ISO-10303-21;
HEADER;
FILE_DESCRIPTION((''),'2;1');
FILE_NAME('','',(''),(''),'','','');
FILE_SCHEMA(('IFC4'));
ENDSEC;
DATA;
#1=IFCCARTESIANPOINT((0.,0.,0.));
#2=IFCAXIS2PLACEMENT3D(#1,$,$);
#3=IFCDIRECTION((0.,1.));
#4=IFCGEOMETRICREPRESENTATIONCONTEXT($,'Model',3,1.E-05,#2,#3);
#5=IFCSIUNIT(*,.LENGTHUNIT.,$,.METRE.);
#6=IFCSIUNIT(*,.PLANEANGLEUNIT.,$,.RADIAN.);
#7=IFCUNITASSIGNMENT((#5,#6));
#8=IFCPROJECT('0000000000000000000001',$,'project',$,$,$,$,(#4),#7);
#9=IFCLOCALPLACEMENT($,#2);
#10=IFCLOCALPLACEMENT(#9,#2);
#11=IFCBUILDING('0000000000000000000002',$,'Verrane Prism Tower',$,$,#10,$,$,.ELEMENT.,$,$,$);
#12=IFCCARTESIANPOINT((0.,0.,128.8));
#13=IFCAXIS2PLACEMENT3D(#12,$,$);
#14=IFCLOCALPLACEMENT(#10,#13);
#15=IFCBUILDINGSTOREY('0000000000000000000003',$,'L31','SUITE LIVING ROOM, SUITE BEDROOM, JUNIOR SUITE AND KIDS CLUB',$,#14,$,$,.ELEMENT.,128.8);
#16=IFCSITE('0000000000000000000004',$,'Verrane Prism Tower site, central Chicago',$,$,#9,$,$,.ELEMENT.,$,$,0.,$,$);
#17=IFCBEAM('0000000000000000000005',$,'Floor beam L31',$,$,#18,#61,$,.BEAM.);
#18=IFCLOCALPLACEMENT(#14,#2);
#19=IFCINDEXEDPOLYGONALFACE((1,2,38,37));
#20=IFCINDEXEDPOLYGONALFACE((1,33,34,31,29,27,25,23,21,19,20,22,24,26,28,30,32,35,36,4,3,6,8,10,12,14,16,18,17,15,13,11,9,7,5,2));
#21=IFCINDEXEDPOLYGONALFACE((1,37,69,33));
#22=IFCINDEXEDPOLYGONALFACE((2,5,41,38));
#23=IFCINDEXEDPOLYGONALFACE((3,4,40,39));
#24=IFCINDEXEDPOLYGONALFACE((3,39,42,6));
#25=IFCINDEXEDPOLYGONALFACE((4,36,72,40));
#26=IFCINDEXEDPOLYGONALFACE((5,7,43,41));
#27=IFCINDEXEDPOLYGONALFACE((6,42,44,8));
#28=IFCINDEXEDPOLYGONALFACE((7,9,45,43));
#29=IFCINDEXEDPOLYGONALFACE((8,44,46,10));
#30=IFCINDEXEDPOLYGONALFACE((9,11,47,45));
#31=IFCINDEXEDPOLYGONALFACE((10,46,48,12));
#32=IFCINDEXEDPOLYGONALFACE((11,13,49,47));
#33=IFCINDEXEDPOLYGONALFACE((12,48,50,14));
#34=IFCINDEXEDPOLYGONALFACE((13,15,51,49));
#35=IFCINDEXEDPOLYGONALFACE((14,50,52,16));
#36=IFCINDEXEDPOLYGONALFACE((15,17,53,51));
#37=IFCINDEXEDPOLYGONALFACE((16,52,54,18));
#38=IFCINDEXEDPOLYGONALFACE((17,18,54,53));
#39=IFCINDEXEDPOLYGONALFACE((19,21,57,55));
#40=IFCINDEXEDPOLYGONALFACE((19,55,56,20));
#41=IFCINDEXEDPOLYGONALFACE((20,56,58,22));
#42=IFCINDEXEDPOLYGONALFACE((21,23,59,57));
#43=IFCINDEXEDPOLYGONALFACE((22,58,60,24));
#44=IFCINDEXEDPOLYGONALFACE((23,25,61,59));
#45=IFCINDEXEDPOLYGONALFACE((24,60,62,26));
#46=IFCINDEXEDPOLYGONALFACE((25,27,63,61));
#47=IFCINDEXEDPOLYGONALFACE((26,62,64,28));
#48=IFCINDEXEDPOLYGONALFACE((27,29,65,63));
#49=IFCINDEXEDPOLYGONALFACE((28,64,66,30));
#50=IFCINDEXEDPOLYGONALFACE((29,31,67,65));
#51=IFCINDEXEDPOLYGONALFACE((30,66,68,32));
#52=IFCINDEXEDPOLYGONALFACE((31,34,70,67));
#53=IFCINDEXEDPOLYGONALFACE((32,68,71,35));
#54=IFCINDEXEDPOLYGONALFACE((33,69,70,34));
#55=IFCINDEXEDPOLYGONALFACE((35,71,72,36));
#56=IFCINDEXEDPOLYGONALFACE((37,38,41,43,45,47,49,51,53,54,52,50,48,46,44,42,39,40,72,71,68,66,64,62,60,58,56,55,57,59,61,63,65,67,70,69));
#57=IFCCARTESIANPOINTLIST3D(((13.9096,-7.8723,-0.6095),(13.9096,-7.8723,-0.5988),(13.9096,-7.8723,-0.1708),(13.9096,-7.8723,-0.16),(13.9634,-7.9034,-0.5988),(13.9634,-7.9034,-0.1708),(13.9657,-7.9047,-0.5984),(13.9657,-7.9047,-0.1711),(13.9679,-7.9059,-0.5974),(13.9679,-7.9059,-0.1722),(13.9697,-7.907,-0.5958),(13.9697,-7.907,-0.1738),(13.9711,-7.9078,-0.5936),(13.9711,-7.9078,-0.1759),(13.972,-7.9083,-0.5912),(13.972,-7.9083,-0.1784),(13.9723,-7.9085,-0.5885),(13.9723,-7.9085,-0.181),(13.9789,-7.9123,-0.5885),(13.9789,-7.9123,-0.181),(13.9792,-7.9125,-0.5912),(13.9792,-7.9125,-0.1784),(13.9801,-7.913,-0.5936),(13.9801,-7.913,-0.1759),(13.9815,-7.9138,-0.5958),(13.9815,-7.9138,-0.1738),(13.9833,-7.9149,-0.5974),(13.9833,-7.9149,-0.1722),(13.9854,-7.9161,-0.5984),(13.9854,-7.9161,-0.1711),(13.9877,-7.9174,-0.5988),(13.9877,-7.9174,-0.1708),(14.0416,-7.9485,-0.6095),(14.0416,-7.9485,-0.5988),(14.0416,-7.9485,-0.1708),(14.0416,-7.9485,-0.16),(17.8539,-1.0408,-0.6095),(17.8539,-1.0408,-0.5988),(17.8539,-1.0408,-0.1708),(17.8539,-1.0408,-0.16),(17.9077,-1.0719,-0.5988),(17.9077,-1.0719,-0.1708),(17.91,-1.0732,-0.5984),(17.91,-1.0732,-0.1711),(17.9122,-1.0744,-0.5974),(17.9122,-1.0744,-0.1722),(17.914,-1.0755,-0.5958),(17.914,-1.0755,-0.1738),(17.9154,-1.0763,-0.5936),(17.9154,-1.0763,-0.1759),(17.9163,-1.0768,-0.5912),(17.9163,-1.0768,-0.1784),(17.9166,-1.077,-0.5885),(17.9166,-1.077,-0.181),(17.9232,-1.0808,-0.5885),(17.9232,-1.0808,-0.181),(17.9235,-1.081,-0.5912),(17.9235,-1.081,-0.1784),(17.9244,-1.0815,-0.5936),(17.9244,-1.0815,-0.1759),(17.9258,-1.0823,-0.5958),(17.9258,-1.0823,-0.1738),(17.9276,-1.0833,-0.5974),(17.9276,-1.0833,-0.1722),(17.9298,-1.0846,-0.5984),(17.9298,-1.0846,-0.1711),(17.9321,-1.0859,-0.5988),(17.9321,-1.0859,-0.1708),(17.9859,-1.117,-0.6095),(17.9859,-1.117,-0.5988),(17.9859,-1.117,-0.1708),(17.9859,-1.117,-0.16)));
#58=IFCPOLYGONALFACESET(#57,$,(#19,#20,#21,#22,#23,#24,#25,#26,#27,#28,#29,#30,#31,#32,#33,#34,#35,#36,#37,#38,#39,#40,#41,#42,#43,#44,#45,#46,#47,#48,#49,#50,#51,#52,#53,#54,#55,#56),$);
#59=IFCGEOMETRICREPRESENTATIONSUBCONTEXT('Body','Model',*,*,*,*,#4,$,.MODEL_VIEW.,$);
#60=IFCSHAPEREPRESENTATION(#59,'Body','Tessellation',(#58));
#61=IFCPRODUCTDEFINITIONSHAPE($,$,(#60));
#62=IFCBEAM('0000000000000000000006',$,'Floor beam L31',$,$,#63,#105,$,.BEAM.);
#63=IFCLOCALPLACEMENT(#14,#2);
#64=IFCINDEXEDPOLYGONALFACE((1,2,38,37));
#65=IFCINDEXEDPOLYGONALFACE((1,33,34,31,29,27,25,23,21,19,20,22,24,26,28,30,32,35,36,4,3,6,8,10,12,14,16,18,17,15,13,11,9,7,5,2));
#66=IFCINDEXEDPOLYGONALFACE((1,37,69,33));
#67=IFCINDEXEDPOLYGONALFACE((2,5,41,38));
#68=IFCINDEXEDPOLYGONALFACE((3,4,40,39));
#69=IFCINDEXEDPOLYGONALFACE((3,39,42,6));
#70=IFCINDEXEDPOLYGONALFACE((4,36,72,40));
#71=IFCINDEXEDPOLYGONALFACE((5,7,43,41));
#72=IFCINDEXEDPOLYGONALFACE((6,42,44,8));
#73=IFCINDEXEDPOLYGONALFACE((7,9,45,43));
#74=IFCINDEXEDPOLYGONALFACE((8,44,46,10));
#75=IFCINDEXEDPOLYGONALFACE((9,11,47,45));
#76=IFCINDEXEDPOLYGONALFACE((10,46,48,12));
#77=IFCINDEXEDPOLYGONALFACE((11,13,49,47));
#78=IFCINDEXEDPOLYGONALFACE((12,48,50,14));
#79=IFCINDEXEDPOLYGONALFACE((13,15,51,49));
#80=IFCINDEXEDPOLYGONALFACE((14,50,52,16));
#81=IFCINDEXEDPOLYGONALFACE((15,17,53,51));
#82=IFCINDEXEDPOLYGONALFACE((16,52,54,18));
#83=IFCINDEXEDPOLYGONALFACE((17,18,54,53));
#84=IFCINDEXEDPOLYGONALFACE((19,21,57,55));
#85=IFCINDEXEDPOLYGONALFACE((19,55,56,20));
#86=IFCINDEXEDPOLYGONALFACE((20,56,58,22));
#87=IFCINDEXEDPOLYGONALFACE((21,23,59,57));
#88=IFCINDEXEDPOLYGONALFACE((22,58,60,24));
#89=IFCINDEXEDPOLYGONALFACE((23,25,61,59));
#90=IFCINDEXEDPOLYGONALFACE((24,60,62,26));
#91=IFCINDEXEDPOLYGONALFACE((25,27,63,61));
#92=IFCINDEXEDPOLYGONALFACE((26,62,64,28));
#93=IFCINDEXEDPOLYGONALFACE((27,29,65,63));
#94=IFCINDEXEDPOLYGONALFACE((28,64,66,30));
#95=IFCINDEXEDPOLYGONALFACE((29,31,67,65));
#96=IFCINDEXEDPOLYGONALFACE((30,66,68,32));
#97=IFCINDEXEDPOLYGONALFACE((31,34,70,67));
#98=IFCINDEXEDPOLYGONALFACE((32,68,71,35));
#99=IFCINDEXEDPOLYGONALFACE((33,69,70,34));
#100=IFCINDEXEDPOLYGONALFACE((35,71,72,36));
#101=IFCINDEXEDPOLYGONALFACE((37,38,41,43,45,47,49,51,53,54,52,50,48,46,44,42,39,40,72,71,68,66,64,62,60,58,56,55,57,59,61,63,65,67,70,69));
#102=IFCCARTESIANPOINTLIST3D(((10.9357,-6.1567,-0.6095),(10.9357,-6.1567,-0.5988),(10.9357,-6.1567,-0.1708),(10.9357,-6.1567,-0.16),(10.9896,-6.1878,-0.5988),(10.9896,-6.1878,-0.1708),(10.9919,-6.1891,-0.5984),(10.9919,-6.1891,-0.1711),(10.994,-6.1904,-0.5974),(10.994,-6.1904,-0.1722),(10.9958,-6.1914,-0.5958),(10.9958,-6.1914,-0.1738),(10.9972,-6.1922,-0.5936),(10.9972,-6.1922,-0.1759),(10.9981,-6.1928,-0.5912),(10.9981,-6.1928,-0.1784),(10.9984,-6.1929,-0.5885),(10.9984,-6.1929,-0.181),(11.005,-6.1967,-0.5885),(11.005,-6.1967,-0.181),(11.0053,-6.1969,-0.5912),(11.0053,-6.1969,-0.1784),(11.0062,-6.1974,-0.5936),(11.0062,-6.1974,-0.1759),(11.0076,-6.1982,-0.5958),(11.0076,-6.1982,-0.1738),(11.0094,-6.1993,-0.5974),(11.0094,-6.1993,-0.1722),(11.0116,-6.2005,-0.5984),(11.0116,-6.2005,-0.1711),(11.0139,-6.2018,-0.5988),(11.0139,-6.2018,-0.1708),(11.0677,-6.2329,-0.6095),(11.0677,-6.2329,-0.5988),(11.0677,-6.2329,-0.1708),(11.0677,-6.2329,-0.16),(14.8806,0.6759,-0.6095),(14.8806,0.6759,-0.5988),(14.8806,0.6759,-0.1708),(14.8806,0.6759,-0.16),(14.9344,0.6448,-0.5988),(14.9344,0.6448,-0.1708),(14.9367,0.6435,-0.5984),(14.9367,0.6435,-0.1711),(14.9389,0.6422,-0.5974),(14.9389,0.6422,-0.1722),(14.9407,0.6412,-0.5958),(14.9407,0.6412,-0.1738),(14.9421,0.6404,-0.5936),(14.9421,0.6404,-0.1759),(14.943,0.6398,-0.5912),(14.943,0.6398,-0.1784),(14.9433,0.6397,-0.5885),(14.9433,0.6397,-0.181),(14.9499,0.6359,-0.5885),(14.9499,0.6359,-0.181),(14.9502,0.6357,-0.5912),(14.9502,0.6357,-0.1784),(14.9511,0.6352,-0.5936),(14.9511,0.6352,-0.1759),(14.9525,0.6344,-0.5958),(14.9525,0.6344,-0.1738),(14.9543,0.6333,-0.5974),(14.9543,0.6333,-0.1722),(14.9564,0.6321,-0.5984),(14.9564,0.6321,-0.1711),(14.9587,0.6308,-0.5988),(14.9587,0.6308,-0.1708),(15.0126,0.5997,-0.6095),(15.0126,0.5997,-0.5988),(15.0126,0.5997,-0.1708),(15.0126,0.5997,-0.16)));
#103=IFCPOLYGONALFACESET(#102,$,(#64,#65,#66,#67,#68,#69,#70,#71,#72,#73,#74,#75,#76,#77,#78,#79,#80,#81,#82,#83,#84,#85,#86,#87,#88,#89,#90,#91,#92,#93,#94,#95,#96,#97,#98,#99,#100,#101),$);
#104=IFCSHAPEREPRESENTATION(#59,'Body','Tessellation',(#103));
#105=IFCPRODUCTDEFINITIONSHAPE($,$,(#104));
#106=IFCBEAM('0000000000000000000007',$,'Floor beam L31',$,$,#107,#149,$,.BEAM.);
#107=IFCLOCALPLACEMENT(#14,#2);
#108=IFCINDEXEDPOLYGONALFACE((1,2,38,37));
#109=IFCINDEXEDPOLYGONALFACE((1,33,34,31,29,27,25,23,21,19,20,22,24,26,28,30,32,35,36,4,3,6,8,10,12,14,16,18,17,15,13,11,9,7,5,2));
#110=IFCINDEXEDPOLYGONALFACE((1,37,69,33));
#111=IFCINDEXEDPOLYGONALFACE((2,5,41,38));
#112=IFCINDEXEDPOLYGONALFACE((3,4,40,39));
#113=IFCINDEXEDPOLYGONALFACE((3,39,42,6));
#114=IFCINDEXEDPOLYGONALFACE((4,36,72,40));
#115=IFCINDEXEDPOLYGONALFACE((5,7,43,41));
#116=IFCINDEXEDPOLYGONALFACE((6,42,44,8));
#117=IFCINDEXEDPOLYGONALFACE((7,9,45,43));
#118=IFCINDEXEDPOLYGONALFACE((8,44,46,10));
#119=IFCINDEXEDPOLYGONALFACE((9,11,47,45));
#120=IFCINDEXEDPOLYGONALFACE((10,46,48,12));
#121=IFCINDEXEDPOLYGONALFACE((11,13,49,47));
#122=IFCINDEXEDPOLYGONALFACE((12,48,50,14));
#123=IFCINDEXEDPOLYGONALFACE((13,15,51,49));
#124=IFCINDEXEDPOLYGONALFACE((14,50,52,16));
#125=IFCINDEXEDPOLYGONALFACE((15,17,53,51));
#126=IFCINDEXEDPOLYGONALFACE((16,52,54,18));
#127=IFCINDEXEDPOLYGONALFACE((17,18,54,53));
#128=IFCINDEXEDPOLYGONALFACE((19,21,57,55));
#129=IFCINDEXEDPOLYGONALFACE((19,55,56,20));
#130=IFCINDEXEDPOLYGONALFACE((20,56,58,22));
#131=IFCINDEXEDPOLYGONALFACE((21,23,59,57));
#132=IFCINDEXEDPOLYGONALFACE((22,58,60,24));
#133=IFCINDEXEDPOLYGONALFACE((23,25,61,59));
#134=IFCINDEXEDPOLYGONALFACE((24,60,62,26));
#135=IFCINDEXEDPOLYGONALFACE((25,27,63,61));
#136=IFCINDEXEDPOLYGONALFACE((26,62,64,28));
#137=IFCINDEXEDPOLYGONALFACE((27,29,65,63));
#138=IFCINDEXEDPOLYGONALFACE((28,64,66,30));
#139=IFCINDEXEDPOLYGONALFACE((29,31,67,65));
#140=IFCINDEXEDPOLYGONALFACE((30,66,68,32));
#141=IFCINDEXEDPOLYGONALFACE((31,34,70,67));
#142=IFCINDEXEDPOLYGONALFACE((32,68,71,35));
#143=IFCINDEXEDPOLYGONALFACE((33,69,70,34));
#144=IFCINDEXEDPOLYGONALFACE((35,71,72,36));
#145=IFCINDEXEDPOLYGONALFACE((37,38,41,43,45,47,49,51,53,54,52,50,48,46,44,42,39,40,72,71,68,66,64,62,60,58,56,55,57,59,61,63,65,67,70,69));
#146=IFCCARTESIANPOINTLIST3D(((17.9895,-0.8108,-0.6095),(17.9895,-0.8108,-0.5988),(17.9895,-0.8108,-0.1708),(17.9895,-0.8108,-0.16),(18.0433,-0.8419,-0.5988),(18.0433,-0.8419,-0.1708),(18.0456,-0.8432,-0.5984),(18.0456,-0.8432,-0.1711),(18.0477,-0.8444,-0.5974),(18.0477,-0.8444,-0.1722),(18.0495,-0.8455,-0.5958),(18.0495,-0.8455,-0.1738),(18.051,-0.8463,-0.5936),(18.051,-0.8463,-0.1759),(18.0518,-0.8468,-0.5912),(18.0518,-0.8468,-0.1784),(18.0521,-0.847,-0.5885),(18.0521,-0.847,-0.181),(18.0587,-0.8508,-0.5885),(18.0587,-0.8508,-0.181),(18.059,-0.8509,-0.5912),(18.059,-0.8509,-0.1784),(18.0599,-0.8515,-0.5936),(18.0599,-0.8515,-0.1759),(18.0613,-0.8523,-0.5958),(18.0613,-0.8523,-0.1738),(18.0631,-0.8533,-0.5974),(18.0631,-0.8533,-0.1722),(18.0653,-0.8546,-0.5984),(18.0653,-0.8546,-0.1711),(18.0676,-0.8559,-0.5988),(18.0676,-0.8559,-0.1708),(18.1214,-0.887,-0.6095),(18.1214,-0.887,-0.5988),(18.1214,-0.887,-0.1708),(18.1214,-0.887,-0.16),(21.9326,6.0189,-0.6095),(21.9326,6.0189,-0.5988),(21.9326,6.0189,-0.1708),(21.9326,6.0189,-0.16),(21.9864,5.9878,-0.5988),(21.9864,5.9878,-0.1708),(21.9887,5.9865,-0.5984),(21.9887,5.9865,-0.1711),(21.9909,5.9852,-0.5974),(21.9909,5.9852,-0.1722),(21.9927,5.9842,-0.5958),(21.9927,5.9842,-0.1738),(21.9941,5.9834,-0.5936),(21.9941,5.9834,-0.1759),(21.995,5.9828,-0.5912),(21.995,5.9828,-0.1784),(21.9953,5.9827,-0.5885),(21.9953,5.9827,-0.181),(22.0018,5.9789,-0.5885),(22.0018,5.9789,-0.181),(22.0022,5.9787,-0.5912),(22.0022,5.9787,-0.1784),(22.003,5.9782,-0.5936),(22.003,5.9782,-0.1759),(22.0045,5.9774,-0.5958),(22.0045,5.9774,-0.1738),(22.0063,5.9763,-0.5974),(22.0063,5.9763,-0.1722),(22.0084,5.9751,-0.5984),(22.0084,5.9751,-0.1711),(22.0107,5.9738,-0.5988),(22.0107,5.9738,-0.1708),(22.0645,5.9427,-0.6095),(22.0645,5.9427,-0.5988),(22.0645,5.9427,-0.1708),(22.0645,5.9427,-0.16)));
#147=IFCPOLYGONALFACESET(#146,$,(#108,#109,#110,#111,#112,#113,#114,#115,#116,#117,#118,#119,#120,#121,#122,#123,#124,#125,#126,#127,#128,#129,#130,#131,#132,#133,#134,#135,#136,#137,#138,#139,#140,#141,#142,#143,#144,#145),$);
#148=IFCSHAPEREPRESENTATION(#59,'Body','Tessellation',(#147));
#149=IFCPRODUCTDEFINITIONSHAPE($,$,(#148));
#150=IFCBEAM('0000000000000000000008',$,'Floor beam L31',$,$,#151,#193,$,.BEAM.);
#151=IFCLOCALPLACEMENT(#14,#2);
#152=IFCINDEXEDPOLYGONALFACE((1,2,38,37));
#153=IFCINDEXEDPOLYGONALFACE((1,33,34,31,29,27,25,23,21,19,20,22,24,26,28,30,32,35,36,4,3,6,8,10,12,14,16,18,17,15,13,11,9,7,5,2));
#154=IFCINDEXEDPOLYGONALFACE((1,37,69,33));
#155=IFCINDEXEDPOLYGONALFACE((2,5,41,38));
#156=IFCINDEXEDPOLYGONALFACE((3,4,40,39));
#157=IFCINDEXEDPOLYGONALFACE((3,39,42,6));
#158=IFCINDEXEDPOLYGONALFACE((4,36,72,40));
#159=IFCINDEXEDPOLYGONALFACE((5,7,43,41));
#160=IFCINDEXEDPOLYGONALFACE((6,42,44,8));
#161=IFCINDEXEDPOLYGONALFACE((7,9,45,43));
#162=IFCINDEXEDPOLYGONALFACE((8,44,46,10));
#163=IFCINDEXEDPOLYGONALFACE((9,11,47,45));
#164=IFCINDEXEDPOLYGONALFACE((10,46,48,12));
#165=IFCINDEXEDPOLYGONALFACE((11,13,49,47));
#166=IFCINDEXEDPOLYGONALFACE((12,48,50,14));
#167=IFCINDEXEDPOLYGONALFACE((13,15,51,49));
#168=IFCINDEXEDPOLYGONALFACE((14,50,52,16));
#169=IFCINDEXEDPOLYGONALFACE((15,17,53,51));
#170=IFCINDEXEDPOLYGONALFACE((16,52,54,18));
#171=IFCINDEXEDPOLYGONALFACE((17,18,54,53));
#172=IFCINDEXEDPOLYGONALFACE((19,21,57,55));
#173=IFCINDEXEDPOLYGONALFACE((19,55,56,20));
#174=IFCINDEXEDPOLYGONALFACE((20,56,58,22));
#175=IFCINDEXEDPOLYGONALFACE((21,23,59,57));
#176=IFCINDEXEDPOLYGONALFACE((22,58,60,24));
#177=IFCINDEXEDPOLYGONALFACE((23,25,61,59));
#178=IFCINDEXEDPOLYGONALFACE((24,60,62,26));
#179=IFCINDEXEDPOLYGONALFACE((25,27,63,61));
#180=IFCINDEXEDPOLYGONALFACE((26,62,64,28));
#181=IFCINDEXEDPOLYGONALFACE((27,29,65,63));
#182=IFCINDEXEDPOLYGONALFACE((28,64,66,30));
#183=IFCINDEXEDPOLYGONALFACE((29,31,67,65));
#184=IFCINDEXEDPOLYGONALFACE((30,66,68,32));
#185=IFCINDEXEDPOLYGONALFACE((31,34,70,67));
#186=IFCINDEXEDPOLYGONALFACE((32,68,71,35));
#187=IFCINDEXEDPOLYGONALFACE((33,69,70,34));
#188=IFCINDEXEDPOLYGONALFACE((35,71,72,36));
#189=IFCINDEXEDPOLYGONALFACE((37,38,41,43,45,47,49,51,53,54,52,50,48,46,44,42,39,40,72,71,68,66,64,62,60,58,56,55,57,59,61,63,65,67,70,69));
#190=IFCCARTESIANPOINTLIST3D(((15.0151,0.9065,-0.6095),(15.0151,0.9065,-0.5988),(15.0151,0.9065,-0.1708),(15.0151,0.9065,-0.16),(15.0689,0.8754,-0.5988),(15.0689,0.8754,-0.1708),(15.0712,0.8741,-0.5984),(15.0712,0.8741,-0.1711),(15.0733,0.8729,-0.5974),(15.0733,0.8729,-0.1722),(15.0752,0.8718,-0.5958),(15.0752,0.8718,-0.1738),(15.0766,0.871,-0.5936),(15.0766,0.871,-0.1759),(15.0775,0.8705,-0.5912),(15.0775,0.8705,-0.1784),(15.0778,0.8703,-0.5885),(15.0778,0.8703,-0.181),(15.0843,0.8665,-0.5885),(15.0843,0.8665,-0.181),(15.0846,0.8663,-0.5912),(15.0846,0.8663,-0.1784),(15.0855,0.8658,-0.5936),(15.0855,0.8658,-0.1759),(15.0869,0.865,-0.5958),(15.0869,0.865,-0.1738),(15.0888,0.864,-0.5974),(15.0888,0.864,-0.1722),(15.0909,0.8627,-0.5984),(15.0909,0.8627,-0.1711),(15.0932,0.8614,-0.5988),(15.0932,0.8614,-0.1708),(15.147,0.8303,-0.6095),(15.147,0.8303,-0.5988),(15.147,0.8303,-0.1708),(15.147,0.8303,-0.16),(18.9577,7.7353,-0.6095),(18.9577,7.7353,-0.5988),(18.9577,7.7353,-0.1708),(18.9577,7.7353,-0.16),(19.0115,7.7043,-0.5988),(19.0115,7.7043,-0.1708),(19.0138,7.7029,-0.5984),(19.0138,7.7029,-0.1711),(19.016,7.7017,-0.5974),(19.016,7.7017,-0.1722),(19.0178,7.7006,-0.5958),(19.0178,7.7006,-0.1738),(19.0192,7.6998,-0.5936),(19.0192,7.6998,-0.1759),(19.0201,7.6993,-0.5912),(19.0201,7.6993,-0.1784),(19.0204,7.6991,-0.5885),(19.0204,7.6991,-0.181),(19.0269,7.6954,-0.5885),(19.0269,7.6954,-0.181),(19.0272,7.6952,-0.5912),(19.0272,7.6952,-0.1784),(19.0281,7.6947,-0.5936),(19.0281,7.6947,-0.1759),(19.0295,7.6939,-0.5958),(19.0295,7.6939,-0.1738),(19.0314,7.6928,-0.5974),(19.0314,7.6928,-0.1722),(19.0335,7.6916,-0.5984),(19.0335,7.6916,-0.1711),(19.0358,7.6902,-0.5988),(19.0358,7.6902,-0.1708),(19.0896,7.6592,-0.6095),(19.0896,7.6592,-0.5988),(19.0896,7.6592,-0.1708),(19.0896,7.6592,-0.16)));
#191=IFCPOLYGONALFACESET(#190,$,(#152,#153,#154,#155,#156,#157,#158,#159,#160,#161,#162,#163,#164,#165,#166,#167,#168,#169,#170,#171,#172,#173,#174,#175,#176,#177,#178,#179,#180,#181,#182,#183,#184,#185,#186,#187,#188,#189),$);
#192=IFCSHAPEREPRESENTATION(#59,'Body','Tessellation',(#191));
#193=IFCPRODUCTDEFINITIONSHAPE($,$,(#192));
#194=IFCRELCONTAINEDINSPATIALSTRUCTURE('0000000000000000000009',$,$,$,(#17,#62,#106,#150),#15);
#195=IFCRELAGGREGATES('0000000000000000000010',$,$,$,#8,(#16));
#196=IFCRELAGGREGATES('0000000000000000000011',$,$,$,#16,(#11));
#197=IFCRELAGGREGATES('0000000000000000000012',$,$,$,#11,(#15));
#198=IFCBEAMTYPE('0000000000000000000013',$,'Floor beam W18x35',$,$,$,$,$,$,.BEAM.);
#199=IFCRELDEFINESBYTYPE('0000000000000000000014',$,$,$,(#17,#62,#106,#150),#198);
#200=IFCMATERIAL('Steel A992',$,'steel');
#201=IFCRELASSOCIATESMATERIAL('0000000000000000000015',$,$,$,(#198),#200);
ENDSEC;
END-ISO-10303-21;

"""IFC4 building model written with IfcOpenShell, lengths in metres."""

from ifc_helpers import new_model, si_unit, direction, frame, origin, origin_2d, place, context, subcontext, project, spatial, i_section, extrude, material, material_profile, profile_set, type_object, element, save


model = new_model("IFC4")

# Units and contexts
model_context = context("Model", 3, precision=1e-05, world=origin(), true_north=direction((0.0, 1.0)))
body_context = subcontext(model_context, "Body", "Model", "MODEL_VIEW")
ifc_project = project(units=[si_unit("LENGTHUNIT", "METRE"), si_unit("PLANEANGLEUNIT", "RADIAN")], contexts=[model_context])

# Site, building, storey
site_placement = place(None, origin())
site = spatial("IfcSite", under=ifc_project, at=site_placement, Name="Verrane Prism Tower site, central Chicago", CompositionType="ELEMENT", RefElevation=0.0)
building_placement = place(site_placement, origin())
building = spatial("IfcBuilding", under=site, at=building_placement, Name="Verrane Prism Tower", CompositionType="ELEMENT")
storey_placement = place(building_placement, frame((0.0, 0.0, 128.8)))
storey = spatial("IfcBuildingStorey", under=building, at=storey_placement, Name="L31", Description="SUITE LIVING ROOM, SUITE BEDROOM, JUNIOR SUITE AND KIDS CLUB", CompositionType="ELEMENT", Elevation=128.8)

# Beams
ifc_material_1 = material(Name="Steel A992", Category="steel")
ifc_material_profile_1 = material_profile(ifc_material_1, i_section(OverallWidth=0.1523, OverallDepth=0.4495, WebThickness=0.0076, FlangeThickness=0.0107, FilletRadius=0.0103, at=origin_2d()), Name="W18x35")
ifc_profile_set_1 = profile_set([ifc_material_profile_1], Name="Steel A992")
beam_type_1 = type_object("IfcBeamType", Name="Floor beam W18x35", PredefinedType="BEAM", material=ifc_profile_set_1)
beam_1_placement = place(storey_placement, frame((13.9756, -7.9104, -0.3848), z_axis=(0.500014, 0.866018, 0.0), x_axis=(-0.866018, 0.500014, 0.0)))
element("IfcBeam", 1, at=beam_1_placement, inside=storey, type_object=beam_type_1, Name="Floor beam L31", PredefinedType="BEAM", context=body_context, shape_type="SweptSolid", body=[
    extrude(i_section(OverallWidth=0.1523, OverallDepth=0.4495, WebThickness=0.0076, FlangeThickness=0.0107, FilletRadius=0.0103, at=origin_2d()), origin(), (0.0, 0.0, 1.0), 7.8884),
])
beam_2_placement = place(storey_placement, frame((11.0017, -6.1948, -0.3848), z_axis=(0.500006, 0.866022, 0.0), x_axis=(-0.866022, 0.500006, 0.0)))
element("IfcBeam", 2, at=beam_2_placement, inside=storey, type_object=beam_type_1, Name="Floor beam L31", PredefinedType="BEAM", context=body_context, shape_type="SweptSolid", body=[
    extrude(i_section(OverallWidth=0.1523, OverallDepth=0.4495, WebThickness=0.0076, FlangeThickness=0.0107, FilletRadius=0.0103, at=origin_2d()), origin(), (0.0, 0.0, 1.0), 7.8896),
])
beam_3_placement = place(storey_placement, frame((18.0554, -0.8489, -0.3848), z_axis=(0.500005, 0.866023, 0.0), x_axis=(-0.866023, 0.500005, 0.0)))
element("IfcBeam", 3, at=beam_3_placement, inside=storey, type_object=beam_type_1, Name="Floor beam L31", PredefinedType="BEAM", context=body_context, shape_type="SweptSolid", body=[
    extrude(i_section(OverallWidth=0.1523, OverallDepth=0.4495, WebThickness=0.0076, FlangeThickness=0.0107, FilletRadius=0.0103, at=origin_2d()), origin(), (0.0, 0.0, 1.0), 7.8862),
])
beam_4_placement = place(storey_placement, frame((15.0811, 0.8684, -0.3848), z_axis=(0.499999, 0.866026, 0.0), x_axis=(-0.866026, 0.499999, 0.0)))
element("IfcBeam", 4, at=beam_4_placement, inside=storey, type_object=beam_type_1, Name="Floor beam L31", PredefinedType="BEAM", context=body_context, shape_type="SweptSolid", body=[
    extrude(i_section(OverallWidth=0.1523, OverallDepth=0.4495, WebThickness=0.0076, FlangeThickness=0.0107, FilletRadius=0.0103, at=origin_2d()), origin(), (0.0, 0.0, 1.0), 7.8853),
])

save(model, "model.ifc")
